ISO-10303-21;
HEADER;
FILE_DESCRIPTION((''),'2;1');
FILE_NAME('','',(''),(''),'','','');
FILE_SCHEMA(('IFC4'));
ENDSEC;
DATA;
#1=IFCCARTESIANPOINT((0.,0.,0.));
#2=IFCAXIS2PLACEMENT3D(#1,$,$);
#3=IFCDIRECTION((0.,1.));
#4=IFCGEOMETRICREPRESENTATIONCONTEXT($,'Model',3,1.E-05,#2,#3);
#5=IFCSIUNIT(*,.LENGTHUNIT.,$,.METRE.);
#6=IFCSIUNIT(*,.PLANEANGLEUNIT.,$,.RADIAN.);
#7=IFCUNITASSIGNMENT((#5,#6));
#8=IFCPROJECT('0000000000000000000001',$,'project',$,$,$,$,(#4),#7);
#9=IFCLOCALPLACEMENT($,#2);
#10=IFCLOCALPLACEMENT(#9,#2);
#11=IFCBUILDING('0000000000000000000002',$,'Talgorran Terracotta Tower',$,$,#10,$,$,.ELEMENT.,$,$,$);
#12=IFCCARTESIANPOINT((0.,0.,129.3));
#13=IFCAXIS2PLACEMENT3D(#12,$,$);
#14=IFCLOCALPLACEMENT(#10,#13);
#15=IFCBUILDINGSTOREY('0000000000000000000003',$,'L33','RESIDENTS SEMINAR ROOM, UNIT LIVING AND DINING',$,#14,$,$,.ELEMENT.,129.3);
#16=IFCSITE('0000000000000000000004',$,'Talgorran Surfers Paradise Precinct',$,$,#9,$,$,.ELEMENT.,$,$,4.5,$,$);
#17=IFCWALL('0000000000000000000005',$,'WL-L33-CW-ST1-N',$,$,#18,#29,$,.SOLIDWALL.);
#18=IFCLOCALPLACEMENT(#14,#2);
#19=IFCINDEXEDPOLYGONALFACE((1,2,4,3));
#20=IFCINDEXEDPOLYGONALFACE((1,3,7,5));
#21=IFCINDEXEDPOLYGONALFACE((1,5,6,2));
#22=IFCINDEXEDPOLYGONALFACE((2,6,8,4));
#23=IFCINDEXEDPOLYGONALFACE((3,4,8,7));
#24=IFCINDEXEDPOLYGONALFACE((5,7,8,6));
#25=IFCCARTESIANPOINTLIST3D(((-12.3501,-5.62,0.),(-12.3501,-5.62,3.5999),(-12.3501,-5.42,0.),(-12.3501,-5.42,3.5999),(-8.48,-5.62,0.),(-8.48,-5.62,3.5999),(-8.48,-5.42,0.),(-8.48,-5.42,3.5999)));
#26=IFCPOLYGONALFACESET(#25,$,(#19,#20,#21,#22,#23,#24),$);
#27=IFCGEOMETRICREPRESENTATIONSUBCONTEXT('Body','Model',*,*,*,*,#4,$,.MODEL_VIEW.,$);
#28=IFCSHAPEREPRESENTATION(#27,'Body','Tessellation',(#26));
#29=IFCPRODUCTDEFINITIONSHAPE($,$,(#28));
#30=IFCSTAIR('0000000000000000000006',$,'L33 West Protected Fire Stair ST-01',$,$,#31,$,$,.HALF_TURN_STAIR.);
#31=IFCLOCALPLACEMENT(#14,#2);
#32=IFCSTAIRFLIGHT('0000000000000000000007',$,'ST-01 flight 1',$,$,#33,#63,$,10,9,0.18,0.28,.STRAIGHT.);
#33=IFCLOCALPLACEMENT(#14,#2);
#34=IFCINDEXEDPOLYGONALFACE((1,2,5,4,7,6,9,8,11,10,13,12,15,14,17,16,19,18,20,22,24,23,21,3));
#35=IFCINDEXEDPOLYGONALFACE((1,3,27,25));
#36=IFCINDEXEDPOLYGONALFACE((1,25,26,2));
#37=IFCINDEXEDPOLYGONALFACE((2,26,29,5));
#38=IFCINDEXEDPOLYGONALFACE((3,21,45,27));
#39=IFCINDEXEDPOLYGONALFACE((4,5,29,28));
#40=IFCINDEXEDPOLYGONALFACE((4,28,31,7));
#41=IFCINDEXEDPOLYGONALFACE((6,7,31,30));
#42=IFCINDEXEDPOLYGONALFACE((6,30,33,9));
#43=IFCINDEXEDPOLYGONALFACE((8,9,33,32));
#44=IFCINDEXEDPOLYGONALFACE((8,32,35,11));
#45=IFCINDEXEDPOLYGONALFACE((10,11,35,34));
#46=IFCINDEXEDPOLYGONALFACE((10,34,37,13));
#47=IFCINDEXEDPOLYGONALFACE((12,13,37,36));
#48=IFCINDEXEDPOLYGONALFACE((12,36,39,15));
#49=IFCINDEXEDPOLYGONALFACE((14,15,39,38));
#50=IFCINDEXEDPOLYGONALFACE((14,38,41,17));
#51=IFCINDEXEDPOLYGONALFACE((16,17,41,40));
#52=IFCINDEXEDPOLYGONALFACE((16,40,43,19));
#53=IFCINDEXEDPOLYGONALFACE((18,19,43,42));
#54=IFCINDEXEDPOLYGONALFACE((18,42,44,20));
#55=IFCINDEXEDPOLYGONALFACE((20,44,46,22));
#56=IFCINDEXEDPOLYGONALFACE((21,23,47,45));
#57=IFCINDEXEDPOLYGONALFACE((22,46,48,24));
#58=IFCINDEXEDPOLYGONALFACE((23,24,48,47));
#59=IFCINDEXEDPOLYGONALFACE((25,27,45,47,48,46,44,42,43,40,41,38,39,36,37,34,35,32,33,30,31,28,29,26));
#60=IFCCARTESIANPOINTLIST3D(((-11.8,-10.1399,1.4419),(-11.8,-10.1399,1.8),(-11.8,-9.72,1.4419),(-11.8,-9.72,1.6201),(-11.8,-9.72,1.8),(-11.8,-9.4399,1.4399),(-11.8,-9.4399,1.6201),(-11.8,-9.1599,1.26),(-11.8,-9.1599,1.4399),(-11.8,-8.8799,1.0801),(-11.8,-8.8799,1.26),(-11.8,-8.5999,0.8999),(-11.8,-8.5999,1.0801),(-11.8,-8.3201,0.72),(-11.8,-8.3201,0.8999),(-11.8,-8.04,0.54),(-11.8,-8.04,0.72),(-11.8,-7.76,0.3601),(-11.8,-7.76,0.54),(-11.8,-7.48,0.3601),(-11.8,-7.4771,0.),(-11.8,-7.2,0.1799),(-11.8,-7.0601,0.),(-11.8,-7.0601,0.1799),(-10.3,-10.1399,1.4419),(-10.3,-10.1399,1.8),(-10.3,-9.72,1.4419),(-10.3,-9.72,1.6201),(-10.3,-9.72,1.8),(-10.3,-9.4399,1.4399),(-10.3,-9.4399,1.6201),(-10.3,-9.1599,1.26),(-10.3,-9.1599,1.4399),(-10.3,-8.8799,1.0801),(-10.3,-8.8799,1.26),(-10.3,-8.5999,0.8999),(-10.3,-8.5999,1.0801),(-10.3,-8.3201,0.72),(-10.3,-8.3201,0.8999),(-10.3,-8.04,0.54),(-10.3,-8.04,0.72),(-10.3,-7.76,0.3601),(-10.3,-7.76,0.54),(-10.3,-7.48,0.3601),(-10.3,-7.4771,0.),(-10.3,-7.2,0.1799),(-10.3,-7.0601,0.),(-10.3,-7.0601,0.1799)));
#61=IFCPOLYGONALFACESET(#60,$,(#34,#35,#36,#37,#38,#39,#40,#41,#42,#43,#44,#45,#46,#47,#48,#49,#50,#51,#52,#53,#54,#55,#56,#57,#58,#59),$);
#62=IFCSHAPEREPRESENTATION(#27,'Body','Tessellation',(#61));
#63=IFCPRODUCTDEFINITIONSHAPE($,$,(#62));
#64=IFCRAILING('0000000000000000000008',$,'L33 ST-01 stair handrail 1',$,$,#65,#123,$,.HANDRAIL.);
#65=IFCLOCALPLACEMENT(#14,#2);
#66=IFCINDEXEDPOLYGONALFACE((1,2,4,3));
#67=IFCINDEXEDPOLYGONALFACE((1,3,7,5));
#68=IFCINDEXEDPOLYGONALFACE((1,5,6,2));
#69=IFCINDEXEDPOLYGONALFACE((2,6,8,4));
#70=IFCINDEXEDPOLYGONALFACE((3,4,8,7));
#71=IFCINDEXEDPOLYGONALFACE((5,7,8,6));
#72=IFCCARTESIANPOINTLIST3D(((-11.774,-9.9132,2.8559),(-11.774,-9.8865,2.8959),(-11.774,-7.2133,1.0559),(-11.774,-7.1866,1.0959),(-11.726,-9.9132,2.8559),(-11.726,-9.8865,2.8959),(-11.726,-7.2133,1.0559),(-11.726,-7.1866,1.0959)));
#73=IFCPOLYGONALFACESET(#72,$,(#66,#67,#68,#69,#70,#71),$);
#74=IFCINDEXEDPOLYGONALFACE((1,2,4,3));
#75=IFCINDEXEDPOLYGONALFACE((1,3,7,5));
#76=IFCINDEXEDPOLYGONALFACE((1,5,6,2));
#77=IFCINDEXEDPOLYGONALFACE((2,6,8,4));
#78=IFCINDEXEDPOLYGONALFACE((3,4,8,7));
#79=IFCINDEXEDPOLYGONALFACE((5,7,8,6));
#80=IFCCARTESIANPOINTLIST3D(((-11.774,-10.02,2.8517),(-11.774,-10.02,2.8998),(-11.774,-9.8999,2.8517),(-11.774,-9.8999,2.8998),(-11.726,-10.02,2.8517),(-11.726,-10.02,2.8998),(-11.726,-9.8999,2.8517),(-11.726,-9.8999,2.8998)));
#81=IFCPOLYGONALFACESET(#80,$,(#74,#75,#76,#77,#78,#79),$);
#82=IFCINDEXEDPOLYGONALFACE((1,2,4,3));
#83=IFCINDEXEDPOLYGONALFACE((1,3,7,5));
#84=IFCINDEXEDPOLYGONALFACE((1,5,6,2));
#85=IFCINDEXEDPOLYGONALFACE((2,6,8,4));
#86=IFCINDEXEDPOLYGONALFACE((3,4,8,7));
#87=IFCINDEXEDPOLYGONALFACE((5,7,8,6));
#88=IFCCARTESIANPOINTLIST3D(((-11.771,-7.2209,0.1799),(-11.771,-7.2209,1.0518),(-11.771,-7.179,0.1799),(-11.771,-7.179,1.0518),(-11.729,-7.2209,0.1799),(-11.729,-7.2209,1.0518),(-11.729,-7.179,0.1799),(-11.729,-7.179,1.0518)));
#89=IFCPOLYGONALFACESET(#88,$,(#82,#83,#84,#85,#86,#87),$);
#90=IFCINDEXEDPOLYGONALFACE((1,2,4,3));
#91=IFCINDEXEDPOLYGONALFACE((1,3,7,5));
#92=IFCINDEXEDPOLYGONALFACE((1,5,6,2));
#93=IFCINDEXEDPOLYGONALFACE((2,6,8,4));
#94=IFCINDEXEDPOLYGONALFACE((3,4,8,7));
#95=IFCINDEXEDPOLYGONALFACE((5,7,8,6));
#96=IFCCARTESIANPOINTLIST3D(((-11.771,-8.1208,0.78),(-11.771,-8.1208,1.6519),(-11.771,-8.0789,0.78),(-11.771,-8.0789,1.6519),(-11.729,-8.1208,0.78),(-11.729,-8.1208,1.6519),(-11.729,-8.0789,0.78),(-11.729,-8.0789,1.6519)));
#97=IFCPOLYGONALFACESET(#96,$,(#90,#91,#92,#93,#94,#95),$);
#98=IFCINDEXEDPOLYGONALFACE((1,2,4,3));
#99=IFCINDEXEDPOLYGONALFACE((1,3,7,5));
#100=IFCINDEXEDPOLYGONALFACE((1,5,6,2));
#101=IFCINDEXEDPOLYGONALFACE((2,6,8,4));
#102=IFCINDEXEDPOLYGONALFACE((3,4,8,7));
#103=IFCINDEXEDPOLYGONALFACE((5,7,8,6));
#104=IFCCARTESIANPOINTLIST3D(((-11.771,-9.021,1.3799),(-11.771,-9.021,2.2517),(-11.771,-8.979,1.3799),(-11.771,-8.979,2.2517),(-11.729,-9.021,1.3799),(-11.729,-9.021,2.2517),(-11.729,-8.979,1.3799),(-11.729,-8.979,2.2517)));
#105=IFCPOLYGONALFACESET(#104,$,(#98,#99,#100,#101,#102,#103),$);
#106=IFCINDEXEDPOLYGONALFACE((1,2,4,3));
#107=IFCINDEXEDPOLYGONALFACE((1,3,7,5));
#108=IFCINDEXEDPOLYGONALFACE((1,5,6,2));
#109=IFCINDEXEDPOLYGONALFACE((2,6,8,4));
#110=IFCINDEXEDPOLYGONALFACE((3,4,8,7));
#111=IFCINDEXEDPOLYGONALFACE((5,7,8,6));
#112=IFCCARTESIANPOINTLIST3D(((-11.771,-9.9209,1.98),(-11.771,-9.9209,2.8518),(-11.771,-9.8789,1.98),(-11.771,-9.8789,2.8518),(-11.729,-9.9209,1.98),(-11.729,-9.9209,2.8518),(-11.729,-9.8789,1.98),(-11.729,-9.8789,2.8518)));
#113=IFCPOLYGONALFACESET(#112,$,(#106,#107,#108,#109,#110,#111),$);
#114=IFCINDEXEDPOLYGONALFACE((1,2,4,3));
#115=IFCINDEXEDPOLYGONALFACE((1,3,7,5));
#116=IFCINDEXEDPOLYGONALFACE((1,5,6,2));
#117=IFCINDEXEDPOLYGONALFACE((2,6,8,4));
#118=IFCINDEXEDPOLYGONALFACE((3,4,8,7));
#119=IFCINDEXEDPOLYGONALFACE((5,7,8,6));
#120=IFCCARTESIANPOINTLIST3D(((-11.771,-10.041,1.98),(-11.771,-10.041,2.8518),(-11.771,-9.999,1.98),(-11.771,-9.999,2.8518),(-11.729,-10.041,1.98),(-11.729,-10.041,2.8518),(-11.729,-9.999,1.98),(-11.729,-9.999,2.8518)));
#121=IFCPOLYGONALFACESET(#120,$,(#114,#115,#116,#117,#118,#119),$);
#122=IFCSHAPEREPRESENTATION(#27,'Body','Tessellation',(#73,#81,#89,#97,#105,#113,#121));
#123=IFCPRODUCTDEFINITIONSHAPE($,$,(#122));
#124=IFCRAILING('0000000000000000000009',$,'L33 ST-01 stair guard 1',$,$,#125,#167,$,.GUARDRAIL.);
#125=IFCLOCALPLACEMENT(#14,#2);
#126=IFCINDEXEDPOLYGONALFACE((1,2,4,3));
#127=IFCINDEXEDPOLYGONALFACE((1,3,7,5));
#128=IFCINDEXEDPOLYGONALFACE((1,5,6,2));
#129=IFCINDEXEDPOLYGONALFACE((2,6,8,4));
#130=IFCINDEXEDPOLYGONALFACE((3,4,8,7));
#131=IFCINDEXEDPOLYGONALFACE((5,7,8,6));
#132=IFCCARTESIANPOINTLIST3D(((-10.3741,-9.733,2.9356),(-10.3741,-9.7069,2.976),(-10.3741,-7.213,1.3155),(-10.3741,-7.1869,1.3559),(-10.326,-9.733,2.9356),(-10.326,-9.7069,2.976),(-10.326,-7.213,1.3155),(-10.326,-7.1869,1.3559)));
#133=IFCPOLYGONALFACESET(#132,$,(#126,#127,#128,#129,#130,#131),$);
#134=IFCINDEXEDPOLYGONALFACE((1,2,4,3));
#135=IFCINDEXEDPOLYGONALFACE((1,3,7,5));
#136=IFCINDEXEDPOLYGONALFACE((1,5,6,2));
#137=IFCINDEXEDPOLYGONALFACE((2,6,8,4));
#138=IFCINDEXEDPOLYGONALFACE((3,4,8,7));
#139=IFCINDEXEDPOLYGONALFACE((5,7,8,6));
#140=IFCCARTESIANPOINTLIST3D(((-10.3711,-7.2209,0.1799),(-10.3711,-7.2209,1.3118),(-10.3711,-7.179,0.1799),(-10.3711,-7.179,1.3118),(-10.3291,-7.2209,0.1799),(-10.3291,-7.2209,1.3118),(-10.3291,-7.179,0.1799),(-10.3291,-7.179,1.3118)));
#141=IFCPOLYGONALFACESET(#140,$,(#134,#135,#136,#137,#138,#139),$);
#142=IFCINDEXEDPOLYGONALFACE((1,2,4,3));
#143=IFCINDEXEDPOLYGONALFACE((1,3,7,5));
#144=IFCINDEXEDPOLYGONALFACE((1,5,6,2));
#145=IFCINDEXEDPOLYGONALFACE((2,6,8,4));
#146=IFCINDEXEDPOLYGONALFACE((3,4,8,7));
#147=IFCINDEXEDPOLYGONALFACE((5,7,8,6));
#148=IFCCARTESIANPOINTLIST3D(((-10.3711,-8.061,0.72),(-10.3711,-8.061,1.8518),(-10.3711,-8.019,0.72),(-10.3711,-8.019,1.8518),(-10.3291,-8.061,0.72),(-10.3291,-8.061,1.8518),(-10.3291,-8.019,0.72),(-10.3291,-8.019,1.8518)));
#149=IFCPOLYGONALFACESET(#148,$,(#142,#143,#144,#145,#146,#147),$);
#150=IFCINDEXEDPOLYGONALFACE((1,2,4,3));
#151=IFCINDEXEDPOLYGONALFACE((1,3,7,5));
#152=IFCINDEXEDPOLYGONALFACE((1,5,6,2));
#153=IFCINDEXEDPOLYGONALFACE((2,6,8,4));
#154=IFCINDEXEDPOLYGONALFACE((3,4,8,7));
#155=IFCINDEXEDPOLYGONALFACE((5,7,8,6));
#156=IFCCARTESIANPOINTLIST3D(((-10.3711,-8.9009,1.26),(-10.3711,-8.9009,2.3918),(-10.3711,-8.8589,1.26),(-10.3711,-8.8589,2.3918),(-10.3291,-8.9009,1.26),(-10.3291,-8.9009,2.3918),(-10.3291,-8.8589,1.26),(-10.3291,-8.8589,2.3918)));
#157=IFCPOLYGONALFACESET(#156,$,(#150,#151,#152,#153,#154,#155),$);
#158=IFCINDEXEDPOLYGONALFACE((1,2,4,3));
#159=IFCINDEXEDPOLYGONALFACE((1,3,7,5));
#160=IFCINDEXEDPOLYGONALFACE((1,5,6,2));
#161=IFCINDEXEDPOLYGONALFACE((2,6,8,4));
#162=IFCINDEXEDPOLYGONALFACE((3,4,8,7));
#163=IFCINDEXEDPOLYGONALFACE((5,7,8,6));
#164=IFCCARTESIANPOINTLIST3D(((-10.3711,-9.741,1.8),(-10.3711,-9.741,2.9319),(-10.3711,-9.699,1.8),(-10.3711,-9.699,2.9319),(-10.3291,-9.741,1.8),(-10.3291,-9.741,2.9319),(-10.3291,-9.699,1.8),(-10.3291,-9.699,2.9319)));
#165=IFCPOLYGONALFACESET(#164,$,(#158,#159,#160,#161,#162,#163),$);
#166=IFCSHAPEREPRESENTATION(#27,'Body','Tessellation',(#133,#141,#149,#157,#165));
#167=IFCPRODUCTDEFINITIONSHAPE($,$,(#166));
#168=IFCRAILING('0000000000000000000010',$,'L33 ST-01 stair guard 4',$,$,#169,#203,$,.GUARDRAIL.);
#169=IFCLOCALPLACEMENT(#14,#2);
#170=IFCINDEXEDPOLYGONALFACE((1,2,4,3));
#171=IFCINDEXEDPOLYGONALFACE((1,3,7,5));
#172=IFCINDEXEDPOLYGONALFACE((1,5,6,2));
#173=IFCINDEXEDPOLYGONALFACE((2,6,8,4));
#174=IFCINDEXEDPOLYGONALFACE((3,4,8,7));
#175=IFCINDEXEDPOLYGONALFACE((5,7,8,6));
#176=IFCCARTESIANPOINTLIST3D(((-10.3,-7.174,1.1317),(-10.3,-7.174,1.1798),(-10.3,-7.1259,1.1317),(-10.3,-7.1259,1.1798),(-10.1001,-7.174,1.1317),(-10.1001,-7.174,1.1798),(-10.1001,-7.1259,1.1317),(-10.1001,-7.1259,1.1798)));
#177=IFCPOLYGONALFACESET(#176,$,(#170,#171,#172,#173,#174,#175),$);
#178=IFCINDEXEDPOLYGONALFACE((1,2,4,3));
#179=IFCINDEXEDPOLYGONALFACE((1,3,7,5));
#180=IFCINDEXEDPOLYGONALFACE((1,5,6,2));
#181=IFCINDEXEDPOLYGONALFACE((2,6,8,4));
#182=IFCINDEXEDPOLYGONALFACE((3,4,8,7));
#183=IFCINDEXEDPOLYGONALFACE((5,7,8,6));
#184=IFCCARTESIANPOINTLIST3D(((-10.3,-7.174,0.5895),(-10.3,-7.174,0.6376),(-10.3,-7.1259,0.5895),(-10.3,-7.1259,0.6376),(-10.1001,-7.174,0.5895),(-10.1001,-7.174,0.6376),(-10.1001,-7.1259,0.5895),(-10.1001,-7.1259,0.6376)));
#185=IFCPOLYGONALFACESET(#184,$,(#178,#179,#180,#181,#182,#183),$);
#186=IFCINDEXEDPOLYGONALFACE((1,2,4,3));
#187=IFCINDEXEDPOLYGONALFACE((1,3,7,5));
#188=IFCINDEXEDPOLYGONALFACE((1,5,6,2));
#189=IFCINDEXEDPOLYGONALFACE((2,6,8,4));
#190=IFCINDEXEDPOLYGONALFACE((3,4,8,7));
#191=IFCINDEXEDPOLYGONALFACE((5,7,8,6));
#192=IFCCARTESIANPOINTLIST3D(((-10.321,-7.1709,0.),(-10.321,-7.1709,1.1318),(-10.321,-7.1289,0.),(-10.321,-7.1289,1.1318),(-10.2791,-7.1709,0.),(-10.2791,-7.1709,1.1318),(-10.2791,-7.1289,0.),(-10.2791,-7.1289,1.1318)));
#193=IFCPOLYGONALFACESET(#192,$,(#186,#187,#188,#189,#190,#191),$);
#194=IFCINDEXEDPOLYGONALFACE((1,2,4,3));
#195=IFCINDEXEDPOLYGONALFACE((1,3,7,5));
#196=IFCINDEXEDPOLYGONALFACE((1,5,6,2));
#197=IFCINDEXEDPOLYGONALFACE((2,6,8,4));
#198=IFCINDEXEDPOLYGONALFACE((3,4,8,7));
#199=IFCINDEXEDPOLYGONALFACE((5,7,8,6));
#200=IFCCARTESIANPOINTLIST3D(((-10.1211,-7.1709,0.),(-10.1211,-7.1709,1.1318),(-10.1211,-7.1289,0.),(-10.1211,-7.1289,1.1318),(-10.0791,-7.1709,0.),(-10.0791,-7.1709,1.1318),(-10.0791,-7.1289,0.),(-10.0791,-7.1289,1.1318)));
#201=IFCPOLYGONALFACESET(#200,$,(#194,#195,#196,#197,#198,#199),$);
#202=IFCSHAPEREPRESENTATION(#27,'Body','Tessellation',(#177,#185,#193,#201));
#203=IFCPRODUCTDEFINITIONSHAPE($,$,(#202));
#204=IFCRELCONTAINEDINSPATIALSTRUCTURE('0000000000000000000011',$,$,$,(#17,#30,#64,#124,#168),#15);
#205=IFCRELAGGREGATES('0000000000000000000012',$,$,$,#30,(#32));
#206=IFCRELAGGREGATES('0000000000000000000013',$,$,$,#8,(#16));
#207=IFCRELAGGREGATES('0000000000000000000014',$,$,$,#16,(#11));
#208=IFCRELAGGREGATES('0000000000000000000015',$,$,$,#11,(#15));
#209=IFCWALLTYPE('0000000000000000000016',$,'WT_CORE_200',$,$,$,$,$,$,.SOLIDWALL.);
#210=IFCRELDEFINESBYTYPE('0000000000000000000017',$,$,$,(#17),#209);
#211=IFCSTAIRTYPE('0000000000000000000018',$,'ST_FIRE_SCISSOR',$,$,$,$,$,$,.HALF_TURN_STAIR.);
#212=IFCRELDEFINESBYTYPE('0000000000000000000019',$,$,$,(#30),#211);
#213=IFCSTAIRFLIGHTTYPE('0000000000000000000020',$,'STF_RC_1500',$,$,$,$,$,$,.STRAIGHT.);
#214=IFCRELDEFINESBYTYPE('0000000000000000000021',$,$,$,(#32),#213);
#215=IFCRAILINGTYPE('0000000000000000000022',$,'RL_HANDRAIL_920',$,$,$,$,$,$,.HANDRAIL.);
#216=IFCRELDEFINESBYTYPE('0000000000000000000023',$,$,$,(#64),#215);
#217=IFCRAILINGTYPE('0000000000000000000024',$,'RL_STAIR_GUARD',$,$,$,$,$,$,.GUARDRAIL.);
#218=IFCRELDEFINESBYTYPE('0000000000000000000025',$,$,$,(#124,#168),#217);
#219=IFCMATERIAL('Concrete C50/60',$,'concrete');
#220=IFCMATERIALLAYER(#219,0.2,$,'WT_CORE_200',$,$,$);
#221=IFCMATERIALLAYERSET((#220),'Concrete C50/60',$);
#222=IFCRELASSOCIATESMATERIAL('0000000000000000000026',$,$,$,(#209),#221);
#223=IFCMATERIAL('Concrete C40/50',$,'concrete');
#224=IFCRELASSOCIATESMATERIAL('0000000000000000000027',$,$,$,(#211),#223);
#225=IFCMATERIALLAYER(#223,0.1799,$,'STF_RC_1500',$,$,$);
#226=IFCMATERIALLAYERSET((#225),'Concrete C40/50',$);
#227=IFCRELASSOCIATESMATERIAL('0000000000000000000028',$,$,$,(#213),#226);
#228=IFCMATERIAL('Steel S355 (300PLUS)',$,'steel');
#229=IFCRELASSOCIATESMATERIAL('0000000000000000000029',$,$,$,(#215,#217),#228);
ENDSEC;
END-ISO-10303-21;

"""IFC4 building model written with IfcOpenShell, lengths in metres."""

from ifc_helpers import new_model, si_unit, direction, frame, frame_2d, origin, origin_2d, place, context, subcontext, project, spatial, polyline, rectangle, outline, extrude, material, layer, layer_set, type_object, element, aggregate, save


model = new_model("IFC4")

# Units and contexts
model_context = context("Model", 3, precision=1e-05, world=origin(), true_north=direction((0.0, 1.0)))
body_context = subcontext(model_context, "Body", "Model", "MODEL_VIEW")
ifc_project = project(units=[si_unit("LENGTHUNIT", "METRE"), si_unit("PLANEANGLEUNIT", "RADIAN")], contexts=[model_context])

# Site, building, storey
site_placement = place(None, origin())
site = spatial("IfcSite", under=ifc_project, at=site_placement, Name="Talgorran Surfers Paradise Precinct", CompositionType="ELEMENT", RefElevation=4.5)
building_placement = place(site_placement, origin())
building = spatial("IfcBuilding", under=site, at=building_placement, Name="Talgorran Terracotta Tower", CompositionType="ELEMENT")
storey_placement = place(building_placement, frame((0.0, 0.0, 129.3)))
storey = spatial("IfcBuildingStorey", under=building, at=storey_placement, Name="L33", Description="RESIDENTS SEMINAR ROOM, UNIT LIVING AND DINING", CompositionType="ELEMENT", Elevation=129.3)

# Shared definitions
ifc_material_1 = material(Name="Steel S355 (300PLUS)", Category="steel")

# Shared definitions
ifc_material_2 = material(Name="Concrete C40/50", Category="concrete")

# Wall
ifc_material_3 = material(Name="Concrete C50/60", Category="concrete")
ifc_layer_1 = layer(ifc_material_3, 0.2, Name="WT_CORE_200")
ifc_layer_set_1 = layer_set([ifc_layer_1], Name="Concrete C50/60")
wall_type = type_object("IfcWallType", Name="WT_CORE_200", PredefinedType="SOLIDWALL", material=ifc_layer_set_1)
wall_placement = place(storey_placement, frame((-12.3501, -5.52, 0.0), z_axis=(0.0, 0.0, 1.0), x_axis=(1.0, 0.0, 0.0)))
element("IfcWall", 1, at=wall_placement, inside=storey, type_object=wall_type, Name="WL-L33-CW-ST1-N", PredefinedType="SOLIDWALL", context=body_context, shape_type="SweptSolid", body=[
    extrude(rectangle(XDim=3.8701, YDim=0.2, at=frame_2d((1.9351, 0.0))), origin(), (0.0, 0.0, 1.0), 3.5999),
])

# Stair, stair flight
stair_type = type_object("IfcStairType", Name="ST_FIRE_SCISSOR", PredefinedType="HALF_TURN_STAIR", material=ifc_material_2)
stair_placement = place(storey_placement, origin())
stair = element("IfcStair", 2, at=stair_placement, inside=storey, type_object=stair_type, Name="L33 West Protected Fire Stair ST-01", PredefinedType="HALF_TURN_STAIR")
ifc_layer_2 = layer(ifc_material_2, 0.1799, Name="STF_RC_1500")
ifc_layer_set_2 = layer_set([ifc_layer_2], Name="Concrete C40/50")
stair_flight_type = type_object("IfcStairFlightType", Name="STF_RC_1500", PredefinedType="STRAIGHT", material=ifc_layer_set_2)
stair_flight_placement = place(storey_placement, frame((-11.05, -7.2, 0.0), z_axis=(0.0, 0.0, 1.0), x_axis=(0.0, -1.0, 0.0)))
stair_flight = element("IfcStairFlight", 3, at=stair_flight_placement, type_object=stair_flight_type, Name="ST-01 flight 1", NumberOfRisers=10, NumberOfTreads=9, PredefinedType="STRAIGHT", RiserHeight=0.18, TreadLength=0.28, context=body_context, shape_type="SweptSolid", body=[
    extrude(outline(polyline([(-0.1399, 0.0), (-0.1399, 0.1799), (0.0, 0.1799), (0.28, 0.3601), (0.5601, 0.3601), (0.5601, 0.54), (0.8401, 0.54), (0.8401, 0.72), (1.1201, 0.72), (1.1201, 0.8999), (1.3999, 0.8999), (1.3999, 1.0801), (1.6799, 1.0801), (1.6799, 1.26), (1.96, 1.26), (1.96, 1.4399), (2.24, 1.4399), (2.24, 1.6201), (2.52, 1.6201), (2.52, 1.8), (2.9399, 1.8), (2.9399, 1.4419), (2.52, 1.4419), (0.2771, 0.0), (-0.1399, 0.0)])), frame((0.0, 0.75, 0.0), z_axis=(0.0, -1.0, 0.0), x_axis=(1.0, 0.0, 0.0)), (0.0, 0.0, 1.0), 1.5),
])
aggregate(stair, [stair_flight])

# Railings
railing_type_1 = type_object("IfcRailingType", Name="RL_HANDRAIL_920", PredefinedType="HANDRAIL", material=ifc_material_1)
railing_1_placement = place(storey_placement, frame((-11.75, -7.2, 0.1799)))
element("IfcRailing", 4, at=railing_1_placement, inside=storey, type_object=railing_type_1, Name="L33 ST-01 stair handrail 1", PredefinedType="HANDRAIL", context=body_context, shape_type="SweptSolid", body=[
    extrude(rectangle(XDim=0.0481, YDim=0.0481, at=origin_2d()), frame((0.0, 0.0, 0.896), z_axis=(0.0, -0.832039, 0.554718), x_axis=(1.0, 0.0, 0.0)), (0.0, 0.0, 1.0), 3.2449),
    extrude(rectangle(XDim=0.0481, YDim=0.0481, at=origin_2d()), frame((0.0, -2.7, 2.6958), z_axis=(0.0, -1.0, 0.0), x_axis=(1.0, 0.0, 0.0)), (0.0, 0.0, 1.0), 0.1201),
    extrude(rectangle(XDim=0.042, YDim=0.042, at=origin_2d()), origin(), (0.0, 0.0, 1.0), 0.8718),
    extrude(rectangle(XDim=0.042, YDim=0.042, at=origin_2d()), frame((0.0, -0.8999, 0.6001)), (0.0, 0.0, 1.0), 0.8718),
    extrude(rectangle(XDim=0.042, YDim=0.042, at=origin_2d()), frame((0.0, -1.8, 1.2)), (0.0, 0.0, 1.0), 0.8718),
    extrude(rectangle(XDim=0.042, YDim=0.042, at=origin_2d()), frame((0.0, -2.7, 1.8)), (0.0, 0.0, 1.0), 0.8718),
    extrude(rectangle(XDim=0.042, YDim=0.042, at=origin_2d()), frame((0.0, -2.8201, 1.8)), (0.0, 0.0, 1.0), 0.8718),
])
railing_type_2 = type_object("IfcRailingType", Name="RL_STAIR_GUARD", PredefinedType="GUARDRAIL", material=ifc_material_1)
railing_2_placement = place(storey_placement, frame((-10.3501, -7.2, 0.1799)))
element("IfcRailing", 5, at=railing_2_placement, inside=storey, type_object=railing_type_2, Name="L33 ST-01 stair guard 1", PredefinedType="GUARDRAIL", context=body_context, shape_type="SweptSolid", body=[
    extrude(rectangle(XDim=0.0481, YDim=0.0481, at=origin_2d()), frame((0.0, 0.0, 1.1558), z_axis=(0.0, -0.841163, 0.540782), x_axis=(1.0, 0.0, 0.0)), (0.0, 0.0, 1.0), 2.9958),
    extrude(rectangle(XDim=0.042, YDim=0.042, at=origin_2d()), origin(), (0.0, 0.0, 1.0), 1.1318),
    extrude(rectangle(XDim=0.042, YDim=0.042, at=origin_2d()), frame((0.0, -0.8401, 0.54)), (0.0, 0.0, 1.0), 1.1318),
    extrude(rectangle(XDim=0.042, YDim=0.042, at=origin_2d()), frame((0.0, -1.6799, 1.0801)), (0.0, 0.0, 1.0), 1.1318),
    extrude(rectangle(XDim=0.042, YDim=0.042, at=origin_2d()), frame((0.0, -2.52, 1.6201)), (0.0, 0.0, 1.0), 1.1318),
])
railing_3_placement = place(storey_placement, frame((-10.3, -7.1499, 0.0)))
element("IfcRailing", 6, at=railing_3_placement, inside=storey, type_object=railing_type_2, Name="L33 ST-01 stair guard 4", PredefinedType="GUARDRAIL", context=body_context, shape_type="SweptSolid", body=[
    extrude(rectangle(XDim=0.0481, YDim=0.0481, at=origin_2d()), frame((0.0, 0.0, 1.1558), z_axis=(1.0, 0.0, 0.0), x_axis=(0.0, 1.0, 0.0)), (0.0, 0.0, 1.0), 0.2),
    extrude(rectangle(XDim=0.0481, YDim=0.0481, at=origin_2d()), frame((0.0, 0.0, 0.6135), z_axis=(1.0, 0.0, 0.0), x_axis=(0.0, 1.0, 0.0)), (0.0, 0.0, 1.0), 0.2),
    extrude(rectangle(XDim=0.042, YDim=0.042, at=origin_2d()), origin(), (0.0, 0.0, 1.0), 1.1318),
    extrude(rectangle(XDim=0.042, YDim=0.042, at=origin_2d()), frame((0.2, 0.0, 0.0)), (0.0, 0.0, 1.0), 1.1318),
])

save(model, "model.ifc")
